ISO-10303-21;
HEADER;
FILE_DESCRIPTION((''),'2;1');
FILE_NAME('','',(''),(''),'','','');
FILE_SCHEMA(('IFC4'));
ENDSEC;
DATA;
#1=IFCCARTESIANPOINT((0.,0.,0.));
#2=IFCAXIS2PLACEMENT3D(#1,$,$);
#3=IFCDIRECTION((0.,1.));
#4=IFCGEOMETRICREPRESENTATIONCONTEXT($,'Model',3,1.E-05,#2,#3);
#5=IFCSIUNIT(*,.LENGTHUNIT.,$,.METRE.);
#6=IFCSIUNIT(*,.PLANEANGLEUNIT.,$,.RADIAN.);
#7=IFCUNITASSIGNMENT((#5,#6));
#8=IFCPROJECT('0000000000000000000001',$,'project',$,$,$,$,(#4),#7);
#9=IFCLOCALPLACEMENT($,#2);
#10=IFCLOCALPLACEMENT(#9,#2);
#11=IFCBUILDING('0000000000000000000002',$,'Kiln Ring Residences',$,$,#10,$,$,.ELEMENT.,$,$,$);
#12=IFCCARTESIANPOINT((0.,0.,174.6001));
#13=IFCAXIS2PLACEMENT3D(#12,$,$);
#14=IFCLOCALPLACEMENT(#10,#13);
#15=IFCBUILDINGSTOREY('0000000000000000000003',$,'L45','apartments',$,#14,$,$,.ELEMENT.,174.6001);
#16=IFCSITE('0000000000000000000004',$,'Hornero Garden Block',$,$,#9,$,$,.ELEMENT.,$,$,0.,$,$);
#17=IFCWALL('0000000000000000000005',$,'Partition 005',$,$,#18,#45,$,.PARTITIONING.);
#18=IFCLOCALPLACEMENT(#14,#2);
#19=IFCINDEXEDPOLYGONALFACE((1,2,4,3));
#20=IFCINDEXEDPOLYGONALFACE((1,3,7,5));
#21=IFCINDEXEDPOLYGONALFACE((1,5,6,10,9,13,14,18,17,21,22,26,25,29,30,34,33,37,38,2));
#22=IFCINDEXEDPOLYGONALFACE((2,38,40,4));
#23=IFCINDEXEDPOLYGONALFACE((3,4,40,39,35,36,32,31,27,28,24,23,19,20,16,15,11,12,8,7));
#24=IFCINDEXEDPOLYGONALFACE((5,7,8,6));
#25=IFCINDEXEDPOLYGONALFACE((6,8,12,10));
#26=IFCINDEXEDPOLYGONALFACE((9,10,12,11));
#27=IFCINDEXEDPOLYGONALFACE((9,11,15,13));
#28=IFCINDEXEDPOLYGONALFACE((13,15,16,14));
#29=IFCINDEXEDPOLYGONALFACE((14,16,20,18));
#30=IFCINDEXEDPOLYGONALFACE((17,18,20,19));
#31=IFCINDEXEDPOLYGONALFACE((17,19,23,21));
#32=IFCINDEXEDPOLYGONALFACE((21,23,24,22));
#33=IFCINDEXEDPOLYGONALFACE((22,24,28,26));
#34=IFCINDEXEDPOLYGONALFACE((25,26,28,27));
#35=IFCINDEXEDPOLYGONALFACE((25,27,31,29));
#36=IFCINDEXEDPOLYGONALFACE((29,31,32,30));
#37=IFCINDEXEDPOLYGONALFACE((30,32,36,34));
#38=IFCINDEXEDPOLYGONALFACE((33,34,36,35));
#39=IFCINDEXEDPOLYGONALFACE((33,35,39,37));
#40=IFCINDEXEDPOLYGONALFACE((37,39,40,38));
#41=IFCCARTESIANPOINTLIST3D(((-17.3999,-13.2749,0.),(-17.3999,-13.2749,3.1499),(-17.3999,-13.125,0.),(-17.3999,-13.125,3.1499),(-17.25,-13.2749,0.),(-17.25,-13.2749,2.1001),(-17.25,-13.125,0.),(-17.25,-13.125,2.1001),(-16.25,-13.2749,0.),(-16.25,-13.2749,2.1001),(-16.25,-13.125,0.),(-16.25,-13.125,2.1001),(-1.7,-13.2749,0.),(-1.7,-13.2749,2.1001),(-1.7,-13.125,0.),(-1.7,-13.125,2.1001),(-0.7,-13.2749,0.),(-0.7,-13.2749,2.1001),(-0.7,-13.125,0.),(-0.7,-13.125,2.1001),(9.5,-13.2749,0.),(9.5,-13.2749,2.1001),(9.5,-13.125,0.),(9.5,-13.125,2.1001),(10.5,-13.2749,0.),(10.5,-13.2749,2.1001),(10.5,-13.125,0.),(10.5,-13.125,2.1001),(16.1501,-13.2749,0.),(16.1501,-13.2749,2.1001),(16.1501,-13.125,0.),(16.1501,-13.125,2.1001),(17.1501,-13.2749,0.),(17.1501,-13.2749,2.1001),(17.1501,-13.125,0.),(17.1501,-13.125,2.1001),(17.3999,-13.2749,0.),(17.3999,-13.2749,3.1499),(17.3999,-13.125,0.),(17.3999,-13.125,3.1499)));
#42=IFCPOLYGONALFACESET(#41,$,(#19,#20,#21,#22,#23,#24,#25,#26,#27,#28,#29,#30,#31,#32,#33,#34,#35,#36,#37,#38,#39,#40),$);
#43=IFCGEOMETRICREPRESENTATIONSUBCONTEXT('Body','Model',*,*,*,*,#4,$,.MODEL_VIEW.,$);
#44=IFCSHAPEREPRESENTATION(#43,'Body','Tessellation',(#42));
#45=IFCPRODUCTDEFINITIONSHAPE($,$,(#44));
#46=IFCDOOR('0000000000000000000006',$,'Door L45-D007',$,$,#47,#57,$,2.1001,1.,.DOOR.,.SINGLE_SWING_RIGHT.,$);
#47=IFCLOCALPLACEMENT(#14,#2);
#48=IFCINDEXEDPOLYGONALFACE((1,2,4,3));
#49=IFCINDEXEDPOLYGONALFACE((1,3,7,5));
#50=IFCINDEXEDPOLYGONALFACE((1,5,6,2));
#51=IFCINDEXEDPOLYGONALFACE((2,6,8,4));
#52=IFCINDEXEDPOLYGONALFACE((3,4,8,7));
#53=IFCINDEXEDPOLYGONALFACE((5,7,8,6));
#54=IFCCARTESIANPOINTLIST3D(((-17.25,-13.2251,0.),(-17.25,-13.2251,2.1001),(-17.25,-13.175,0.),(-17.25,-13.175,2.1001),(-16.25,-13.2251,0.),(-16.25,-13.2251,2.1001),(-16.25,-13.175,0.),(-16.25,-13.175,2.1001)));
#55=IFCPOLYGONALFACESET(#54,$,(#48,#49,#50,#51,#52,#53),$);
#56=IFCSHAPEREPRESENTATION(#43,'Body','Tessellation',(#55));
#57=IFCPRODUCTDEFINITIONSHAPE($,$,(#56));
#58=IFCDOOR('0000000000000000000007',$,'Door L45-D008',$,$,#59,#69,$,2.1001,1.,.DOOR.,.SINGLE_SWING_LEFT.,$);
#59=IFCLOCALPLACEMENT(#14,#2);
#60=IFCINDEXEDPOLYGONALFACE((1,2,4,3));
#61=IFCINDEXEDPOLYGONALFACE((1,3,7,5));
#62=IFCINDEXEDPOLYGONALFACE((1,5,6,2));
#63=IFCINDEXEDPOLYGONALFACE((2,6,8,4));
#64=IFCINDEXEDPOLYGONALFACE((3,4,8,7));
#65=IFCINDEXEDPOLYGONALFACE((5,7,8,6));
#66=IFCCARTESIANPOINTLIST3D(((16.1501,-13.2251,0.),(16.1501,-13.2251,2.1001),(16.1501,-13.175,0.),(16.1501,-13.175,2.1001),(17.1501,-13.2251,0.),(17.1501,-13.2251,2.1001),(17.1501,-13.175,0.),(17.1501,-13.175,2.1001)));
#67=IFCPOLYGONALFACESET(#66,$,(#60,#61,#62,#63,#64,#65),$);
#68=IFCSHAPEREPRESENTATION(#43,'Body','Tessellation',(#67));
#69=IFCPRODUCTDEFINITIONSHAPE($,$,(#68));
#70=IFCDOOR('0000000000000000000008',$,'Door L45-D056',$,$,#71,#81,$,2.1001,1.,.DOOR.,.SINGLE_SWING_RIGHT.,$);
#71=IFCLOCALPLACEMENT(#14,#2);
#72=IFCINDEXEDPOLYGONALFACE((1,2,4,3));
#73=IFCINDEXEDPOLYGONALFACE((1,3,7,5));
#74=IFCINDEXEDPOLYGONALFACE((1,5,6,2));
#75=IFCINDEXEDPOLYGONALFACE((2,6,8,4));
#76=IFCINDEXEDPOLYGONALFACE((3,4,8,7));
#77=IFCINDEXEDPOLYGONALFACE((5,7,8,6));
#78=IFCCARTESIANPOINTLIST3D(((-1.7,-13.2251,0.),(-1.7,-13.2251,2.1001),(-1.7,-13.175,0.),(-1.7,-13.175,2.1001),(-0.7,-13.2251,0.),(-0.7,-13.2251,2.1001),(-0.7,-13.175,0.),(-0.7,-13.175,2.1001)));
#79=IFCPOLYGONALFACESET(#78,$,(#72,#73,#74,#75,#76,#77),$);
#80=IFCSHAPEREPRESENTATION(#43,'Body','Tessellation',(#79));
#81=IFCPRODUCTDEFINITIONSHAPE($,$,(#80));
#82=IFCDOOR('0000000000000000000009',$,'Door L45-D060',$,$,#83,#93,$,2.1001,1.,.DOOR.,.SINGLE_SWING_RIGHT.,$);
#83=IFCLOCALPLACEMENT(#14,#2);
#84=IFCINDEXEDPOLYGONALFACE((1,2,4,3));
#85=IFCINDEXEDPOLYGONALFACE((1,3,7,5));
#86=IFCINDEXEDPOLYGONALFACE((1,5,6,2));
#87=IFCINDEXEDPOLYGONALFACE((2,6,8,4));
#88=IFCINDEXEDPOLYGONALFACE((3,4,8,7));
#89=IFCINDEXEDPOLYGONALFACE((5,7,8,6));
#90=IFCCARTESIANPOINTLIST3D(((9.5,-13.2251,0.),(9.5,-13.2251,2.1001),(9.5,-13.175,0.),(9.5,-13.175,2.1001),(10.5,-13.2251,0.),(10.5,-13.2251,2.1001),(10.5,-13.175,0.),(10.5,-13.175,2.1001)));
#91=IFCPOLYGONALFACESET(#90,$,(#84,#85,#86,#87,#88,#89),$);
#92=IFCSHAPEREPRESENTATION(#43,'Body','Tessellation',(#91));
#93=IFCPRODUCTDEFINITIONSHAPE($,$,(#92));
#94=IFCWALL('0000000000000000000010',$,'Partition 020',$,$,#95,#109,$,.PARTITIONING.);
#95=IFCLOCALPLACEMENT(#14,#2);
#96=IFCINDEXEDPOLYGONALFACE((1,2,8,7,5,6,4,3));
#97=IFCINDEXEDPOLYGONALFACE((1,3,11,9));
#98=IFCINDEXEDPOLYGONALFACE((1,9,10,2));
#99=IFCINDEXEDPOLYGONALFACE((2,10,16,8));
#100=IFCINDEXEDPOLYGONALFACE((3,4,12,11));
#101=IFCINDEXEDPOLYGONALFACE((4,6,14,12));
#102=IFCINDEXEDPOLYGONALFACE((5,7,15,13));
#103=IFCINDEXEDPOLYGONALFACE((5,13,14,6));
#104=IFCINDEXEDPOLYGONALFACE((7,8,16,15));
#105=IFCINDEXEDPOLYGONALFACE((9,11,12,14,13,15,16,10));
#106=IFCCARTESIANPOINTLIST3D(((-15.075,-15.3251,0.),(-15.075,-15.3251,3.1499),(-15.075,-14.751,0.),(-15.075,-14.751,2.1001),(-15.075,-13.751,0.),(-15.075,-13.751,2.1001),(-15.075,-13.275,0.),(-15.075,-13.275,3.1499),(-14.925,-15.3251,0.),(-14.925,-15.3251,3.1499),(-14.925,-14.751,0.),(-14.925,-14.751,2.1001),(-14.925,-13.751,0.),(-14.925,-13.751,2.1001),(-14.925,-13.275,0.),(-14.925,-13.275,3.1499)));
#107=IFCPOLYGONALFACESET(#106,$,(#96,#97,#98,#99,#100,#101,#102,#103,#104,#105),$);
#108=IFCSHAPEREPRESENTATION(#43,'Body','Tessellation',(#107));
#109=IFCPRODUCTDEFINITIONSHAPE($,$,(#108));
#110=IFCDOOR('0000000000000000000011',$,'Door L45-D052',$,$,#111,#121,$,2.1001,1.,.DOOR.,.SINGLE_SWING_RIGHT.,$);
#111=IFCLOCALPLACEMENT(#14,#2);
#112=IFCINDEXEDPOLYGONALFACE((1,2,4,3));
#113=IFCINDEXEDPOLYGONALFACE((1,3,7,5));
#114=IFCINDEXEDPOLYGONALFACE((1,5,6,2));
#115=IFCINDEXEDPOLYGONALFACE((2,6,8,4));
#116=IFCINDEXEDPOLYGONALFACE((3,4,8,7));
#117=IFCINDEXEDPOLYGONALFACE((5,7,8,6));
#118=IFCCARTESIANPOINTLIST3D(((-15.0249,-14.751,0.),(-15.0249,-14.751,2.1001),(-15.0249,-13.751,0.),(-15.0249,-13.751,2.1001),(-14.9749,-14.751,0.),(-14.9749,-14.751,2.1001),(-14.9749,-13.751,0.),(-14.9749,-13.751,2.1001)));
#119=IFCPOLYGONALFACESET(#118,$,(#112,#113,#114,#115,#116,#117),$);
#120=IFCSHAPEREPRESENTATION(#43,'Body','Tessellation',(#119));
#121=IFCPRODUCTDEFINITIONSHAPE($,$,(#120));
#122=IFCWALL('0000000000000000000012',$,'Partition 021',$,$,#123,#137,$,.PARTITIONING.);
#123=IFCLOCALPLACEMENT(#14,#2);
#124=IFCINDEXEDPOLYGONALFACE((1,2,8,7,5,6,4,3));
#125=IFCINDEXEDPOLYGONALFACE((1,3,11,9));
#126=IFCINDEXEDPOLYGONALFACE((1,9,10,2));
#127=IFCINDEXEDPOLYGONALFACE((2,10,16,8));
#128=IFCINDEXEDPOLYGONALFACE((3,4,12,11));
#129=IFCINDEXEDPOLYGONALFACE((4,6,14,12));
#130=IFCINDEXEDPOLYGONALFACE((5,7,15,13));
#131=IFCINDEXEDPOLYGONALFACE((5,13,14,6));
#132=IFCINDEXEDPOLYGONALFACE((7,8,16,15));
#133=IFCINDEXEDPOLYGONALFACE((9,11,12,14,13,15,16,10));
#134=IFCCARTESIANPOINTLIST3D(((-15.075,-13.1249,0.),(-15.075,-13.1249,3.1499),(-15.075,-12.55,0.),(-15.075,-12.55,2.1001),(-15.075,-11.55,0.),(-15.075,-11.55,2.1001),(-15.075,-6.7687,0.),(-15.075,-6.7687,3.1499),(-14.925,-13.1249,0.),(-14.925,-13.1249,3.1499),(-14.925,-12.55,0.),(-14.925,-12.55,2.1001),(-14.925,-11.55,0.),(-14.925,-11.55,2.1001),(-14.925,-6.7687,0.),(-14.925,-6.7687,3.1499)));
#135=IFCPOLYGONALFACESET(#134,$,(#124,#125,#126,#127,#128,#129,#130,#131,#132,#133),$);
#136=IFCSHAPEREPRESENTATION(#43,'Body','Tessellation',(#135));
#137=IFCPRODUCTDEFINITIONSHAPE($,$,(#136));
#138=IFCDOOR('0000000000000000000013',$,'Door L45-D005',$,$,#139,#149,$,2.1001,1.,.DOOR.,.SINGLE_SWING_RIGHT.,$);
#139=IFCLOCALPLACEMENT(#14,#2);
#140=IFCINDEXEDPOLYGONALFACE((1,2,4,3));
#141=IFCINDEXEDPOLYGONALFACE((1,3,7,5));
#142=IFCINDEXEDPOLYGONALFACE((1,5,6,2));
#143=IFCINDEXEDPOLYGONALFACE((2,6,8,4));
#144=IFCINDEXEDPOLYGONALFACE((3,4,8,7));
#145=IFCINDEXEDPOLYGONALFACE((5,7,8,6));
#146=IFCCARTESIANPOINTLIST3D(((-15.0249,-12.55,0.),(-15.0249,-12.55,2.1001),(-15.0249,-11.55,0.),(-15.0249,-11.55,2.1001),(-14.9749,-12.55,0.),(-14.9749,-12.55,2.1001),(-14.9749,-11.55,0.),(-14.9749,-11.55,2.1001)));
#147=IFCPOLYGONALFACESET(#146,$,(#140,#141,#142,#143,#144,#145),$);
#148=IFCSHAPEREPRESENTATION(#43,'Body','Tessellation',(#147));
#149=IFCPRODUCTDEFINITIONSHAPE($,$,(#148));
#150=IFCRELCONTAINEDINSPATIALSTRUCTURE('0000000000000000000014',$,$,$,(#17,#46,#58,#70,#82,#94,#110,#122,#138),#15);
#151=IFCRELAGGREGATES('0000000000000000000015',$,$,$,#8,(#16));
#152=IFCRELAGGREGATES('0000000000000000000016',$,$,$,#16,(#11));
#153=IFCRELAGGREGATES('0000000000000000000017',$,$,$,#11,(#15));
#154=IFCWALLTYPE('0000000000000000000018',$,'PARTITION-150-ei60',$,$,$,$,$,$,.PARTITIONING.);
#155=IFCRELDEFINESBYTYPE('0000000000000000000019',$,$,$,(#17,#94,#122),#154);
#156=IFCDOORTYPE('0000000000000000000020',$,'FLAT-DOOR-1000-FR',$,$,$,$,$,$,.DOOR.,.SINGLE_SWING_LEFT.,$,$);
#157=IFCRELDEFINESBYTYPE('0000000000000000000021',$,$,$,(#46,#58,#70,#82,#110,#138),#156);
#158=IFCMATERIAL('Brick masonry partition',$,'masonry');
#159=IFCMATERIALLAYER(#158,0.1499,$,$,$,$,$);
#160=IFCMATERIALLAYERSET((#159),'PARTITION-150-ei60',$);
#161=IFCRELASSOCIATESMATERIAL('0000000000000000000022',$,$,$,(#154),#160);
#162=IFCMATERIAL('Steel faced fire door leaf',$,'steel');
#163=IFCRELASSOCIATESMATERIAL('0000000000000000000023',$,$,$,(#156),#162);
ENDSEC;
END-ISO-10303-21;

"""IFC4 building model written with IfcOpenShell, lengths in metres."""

from ifc_helpers import new_model, si_unit, direction, frame, frame_2d, origin, place, context, subcontext, project, spatial, rectangle, extrude, material, layer, layer_set, type_object, element, fill, save


model = new_model("IFC4")

# Units and contexts
model_context = context("Model", 3, precision=1e-05, world=origin(), true_north=direction((0.0, 1.0)))
body_context = subcontext(model_context, "Body", "Model", "MODEL_VIEW")
ifc_project = project(units=[si_unit("LENGTHUNIT", "METRE"), si_unit("PLANEANGLEUNIT", "RADIAN")], contexts=[model_context])

# Site, building, storey
site_placement = place(None, origin())
site = spatial("IfcSite", under=ifc_project, at=site_placement, Name="Hornero Garden Block", CompositionType="ELEMENT", RefElevation=0.0)
building_placement = place(site_placement, origin())
building = spatial("IfcBuilding", under=site, at=building_placement, Name="Kiln Ring Residences", CompositionType="ELEMENT")
storey_placement = place(building_placement, frame((0.0, 0.0, 174.6001)))
storey = spatial("IfcBuildingStorey", under=building, at=storey_placement, Name="L45", Description="apartments", CompositionType="ELEMENT", Elevation=174.6001)

# Wall, openings, doors
ifc_material_1 = material(Name="Brick masonry partition", Category="masonry")
ifc_layer_1 = layer(ifc_material_1, 0.1499)
ifc_layer_set_1 = layer_set([ifc_layer_1], Name="PARTITION-150-ei60")
wall_type_1 = type_object("IfcWallType", Name="PARTITION-150-ei60", PredefinedType="PARTITIONING", material=ifc_layer_set_1)
wall_1_placement = place(storey_placement, frame((-17.3999, -13.2, 0.0), z_axis=(0.0, 0.0, 1.0), x_axis=(1.0, 0.0, 0.0)))
wall_1 = element("IfcWall", 1, at=wall_1_placement, inside=storey, type_object=wall_type_1, Name="Partition 005", PredefinedType="PARTITIONING", context=body_context, shape_type="SweptSolid", body=[
    extrude(rectangle(XDim=34.7998, YDim=0.1499, at=frame_2d((17.3999, 0.0))), origin(), (0.0, 0.0, 1.0), 3.1499),
])
opening_1_placement = place(wall_1_placement, frame((0.1499, 0.0, 0.0)))
opening_1 = element("IfcOpeningElement", 2, at=opening_1_placement, cuts=wall_1, PredefinedType="OPENING", context=body_context, shape_type="SweptSolid", body=[
    extrude(rectangle(XDim=1.0, YDim=2.1001, at=frame_2d((0.5, 1.05))), frame((0.0, 0.085, 0.0), z_axis=(0.0, -1.0, 0.0), x_axis=(1.0, 0.0, 0.0)), (0.0, 0.0, 1.0), 0.1699),
])
opening_2_placement = place(wall_1_placement, frame((33.55, 0.0, 0.0)))
opening_2 = element("IfcOpeningElement", 3, at=opening_2_placement, cuts=wall_1, PredefinedType="OPENING", context=body_context, shape_type="SweptSolid", body=[
    extrude(rectangle(XDim=1.0, YDim=2.1001, at=frame_2d((0.5, 1.05))), frame((0.0, 0.085, 0.0), z_axis=(0.0, -1.0, 0.0), x_axis=(1.0, 0.0, 0.0)), (0.0, 0.0, 1.0), 0.1699),
])
opening_3_placement = place(wall_1_placement, frame((15.7, 0.0, 0.0)))
opening_3 = element("IfcOpeningElement", 4, at=opening_3_placement, cuts=wall_1, PredefinedType="OPENING", context=body_context, shape_type="SweptSolid", body=[
    extrude(rectangle(XDim=1.0, YDim=2.1001, at=frame_2d((0.5, 1.05))), frame((0.0, 0.085, 0.0), z_axis=(0.0, -1.0, 0.0), x_axis=(1.0, 0.0, 0.0)), (0.0, 0.0, 1.0), 0.1699),
])
opening_4_placement = place(wall_1_placement, frame((26.8999, 0.0, 0.0)))
opening_4 = element("IfcOpeningElement", 5, at=opening_4_placement, cuts=wall_1, PredefinedType="OPENING", context=body_context, shape_type="SweptSolid", body=[
    extrude(rectangle(XDim=1.0, YDim=2.1001, at=frame_2d((0.5, 1.05))), frame((0.0, 0.085, 0.0), z_axis=(0.0, -1.0, 0.0), x_axis=(1.0, 0.0, 0.0)), (0.0, 0.0, 1.0), 0.1699),
])
ifc_material_2 = material(Name="Steel faced fire door leaf", Category="steel")
door_type_1 = type_object("IfcDoorType", Name="FLAT-DOOR-1000-FR", OperationType="SINGLE_SWING_LEFT", PredefinedType="DOOR", material=ifc_material_2)
door_1_placement = place(opening_1_placement, origin())
door_1 = element("IfcDoor", 6, at=door_1_placement, inside=storey, type_object=door_type_1, Name="Door L45-D007", OperationType="SINGLE_SWING_RIGHT", OverallHeight=2.1001, OverallWidth=1.0, PredefinedType="DOOR", context=body_context, shape_type="SweptSolid", body=[
    extrude(rectangle(XDim=1.0, YDim=2.1001, at=frame_2d((0.5, 1.05))), frame((0.0, 0.0249, 0.0), z_axis=(0.0, -1.0, 0.0), x_axis=(1.0, 0.0, 0.0)), (0.0, 0.0, 1.0), 0.05),
])
fill(opening_1, door_1)
door_2_placement = place(opening_2_placement, origin())
door_2 = element("IfcDoor", 7, at=door_2_placement, inside=storey, type_object=door_type_1, Name="Door L45-D008", OperationType="SINGLE_SWING_LEFT", OverallHeight=2.1001, OverallWidth=1.0, PredefinedType="DOOR", context=body_context, shape_type="SweptSolid", body=[
    extrude(rectangle(XDim=1.0, YDim=2.1001, at=frame_2d((0.5, 1.05))), frame((0.0, 0.0249, 0.0), z_axis=(0.0, -1.0, 0.0), x_axis=(1.0, 0.0, 0.0)), (0.0, 0.0, 1.0), 0.05),
])
fill(opening_2, door_2)
door_3_placement = place(opening_3_placement, origin())
door_3 = element("IfcDoor", 8, at=door_3_placement, inside=storey, type_object=door_type_1, Name="Door L45-D056", OperationType="SINGLE_SWING_RIGHT", OverallHeight=2.1001, OverallWidth=1.0, PredefinedType="DOOR", context=body_context, shape_type="SweptSolid", body=[
    extrude(rectangle(XDim=1.0, YDim=2.1001, at=frame_2d((0.5, 1.05))), frame((0.0, 0.0249, 0.0), z_axis=(0.0, -1.0, 0.0), x_axis=(1.0, 0.0, 0.0)), (0.0, 0.0, 1.0), 0.05),
])
fill(opening_3, door_3)
door_4_placement = place(opening_4_placement, origin())
door_4 = element("IfcDoor", 9, at=door_4_placement, inside=storey, type_object=door_type_1, Name="Door L45-D060", OperationType="SINGLE_SWING_RIGHT", OverallHeight=2.1001, OverallWidth=1.0, PredefinedType="DOOR", context=body_context, shape_type="SweptSolid", body=[
    extrude(rectangle(XDim=1.0, YDim=2.1001, at=frame_2d((0.5, 1.05))), frame((0.0, 0.0249, 0.0), z_axis=(0.0, -1.0, 0.0), x_axis=(1.0, 0.0, 0.0)), (0.0, 0.0, 1.0), 0.05),
])
fill(opening_4, door_4)

# Walls, openings, doors
wall_2_placement = place(storey_placement, frame((-15.0, -15.325, 0.0), z_axis=(0.0, 0.0, 1.0), x_axis=(0.0, 1.0, 0.0)))
wall_2 = element("IfcWall", 10, at=wall_2_placement, inside=storey, type_object=wall_type_1, Name="Partition 020", PredefinedType="PARTITIONING", context=body_context, shape_type="SweptSolid", body=[
    extrude(rectangle(XDim=2.05, YDim=0.1499, at=frame_2d((1.0249, 0.0))), origin(), (0.0, 0.0, 1.0), 3.1499),
])
opening_5_placement = place(wall_2_placement, frame((0.574, 0.0, 0.0)))
opening_5 = element("IfcOpeningElement", 11, at=opening_5_placement, cuts=wall_2, PredefinedType="OPENING", context=body_context, shape_type="SweptSolid", body=[
    extrude(rectangle(XDim=1.0, YDim=2.1001, at=frame_2d((0.5, 1.05))), frame((0.0, 0.085, 0.0), z_axis=(0.0, -1.0, 0.0), x_axis=(1.0, 0.0, 0.0)), (0.0, 0.0, 1.0), 0.1699),
])
door_5_placement = place(opening_5_placement, origin())
door_5 = element("IfcDoor", 12, at=door_5_placement, inside=storey, type_object=door_type_1, Name="Door L45-D052", OperationType="SINGLE_SWING_RIGHT", OverallHeight=2.1001, OverallWidth=1.0, PredefinedType="DOOR", context=body_context, shape_type="SweptSolid", body=[
    extrude(rectangle(XDim=1.0, YDim=2.1001, at=frame_2d((0.5, 1.05))), frame((0.0, 0.0249, 0.0), z_axis=(0.0, -1.0, 0.0), x_axis=(1.0, 0.0, 0.0)), (0.0, 0.0, 1.0), 0.05),
])
fill(opening_5, door_5)
wall_3_placement = place(storey_placement, frame((-15.0, -13.125, 0.0), z_axis=(0.0, 0.0, 1.0), x_axis=(0.0, 1.0, 0.0)))
wall_3 = element("IfcWall", 13, at=wall_3_placement, inside=storey, type_object=wall_type_1, Name="Partition 021", PredefinedType="PARTITIONING", context=body_context, shape_type="SweptSolid", body=[
    extrude(rectangle(XDim=6.3562, YDim=0.1499, at=frame_2d((3.1782, 0.0))), origin(), (0.0, 0.0, 1.0), 3.1499),
])
opening_6_placement = place(wall_3_placement, frame((0.575, 0.0, 0.0)))
opening_6 = element("IfcOpeningElement", 14, at=opening_6_placement, cuts=wall_3, PredefinedType="OPENING", context=body_context, shape_type="SweptSolid", body=[
    extrude(rectangle(XDim=1.0, YDim=2.1001, at=frame_2d((0.5, 1.05))), frame((0.0, 0.085, 0.0), z_axis=(0.0, -1.0, 0.0), x_axis=(1.0, 0.0, 0.0)), (0.0, 0.0, 1.0), 0.1699),
])
door_6_placement = place(opening_6_placement, origin())
door_6 = element("IfcDoor", 15, at=door_6_placement, inside=storey, type_object=door_type_1, Name="Door L45-D005", OperationType="SINGLE_SWING_RIGHT", OverallHeight=2.1001, OverallWidth=1.0, PredefinedType="DOOR", context=body_context, shape_type="SweptSolid", body=[
    extrude(rectangle(XDim=1.0, YDim=2.1001, at=frame_2d((0.5, 1.05))), frame((0.0, 0.0249, 0.0), z_axis=(0.0, -1.0, 0.0), x_axis=(1.0, 0.0, 0.0)), (0.0, 0.0, 1.0), 0.05),
])
fill(opening_6, door_6)

save(model, "model.ifc")
